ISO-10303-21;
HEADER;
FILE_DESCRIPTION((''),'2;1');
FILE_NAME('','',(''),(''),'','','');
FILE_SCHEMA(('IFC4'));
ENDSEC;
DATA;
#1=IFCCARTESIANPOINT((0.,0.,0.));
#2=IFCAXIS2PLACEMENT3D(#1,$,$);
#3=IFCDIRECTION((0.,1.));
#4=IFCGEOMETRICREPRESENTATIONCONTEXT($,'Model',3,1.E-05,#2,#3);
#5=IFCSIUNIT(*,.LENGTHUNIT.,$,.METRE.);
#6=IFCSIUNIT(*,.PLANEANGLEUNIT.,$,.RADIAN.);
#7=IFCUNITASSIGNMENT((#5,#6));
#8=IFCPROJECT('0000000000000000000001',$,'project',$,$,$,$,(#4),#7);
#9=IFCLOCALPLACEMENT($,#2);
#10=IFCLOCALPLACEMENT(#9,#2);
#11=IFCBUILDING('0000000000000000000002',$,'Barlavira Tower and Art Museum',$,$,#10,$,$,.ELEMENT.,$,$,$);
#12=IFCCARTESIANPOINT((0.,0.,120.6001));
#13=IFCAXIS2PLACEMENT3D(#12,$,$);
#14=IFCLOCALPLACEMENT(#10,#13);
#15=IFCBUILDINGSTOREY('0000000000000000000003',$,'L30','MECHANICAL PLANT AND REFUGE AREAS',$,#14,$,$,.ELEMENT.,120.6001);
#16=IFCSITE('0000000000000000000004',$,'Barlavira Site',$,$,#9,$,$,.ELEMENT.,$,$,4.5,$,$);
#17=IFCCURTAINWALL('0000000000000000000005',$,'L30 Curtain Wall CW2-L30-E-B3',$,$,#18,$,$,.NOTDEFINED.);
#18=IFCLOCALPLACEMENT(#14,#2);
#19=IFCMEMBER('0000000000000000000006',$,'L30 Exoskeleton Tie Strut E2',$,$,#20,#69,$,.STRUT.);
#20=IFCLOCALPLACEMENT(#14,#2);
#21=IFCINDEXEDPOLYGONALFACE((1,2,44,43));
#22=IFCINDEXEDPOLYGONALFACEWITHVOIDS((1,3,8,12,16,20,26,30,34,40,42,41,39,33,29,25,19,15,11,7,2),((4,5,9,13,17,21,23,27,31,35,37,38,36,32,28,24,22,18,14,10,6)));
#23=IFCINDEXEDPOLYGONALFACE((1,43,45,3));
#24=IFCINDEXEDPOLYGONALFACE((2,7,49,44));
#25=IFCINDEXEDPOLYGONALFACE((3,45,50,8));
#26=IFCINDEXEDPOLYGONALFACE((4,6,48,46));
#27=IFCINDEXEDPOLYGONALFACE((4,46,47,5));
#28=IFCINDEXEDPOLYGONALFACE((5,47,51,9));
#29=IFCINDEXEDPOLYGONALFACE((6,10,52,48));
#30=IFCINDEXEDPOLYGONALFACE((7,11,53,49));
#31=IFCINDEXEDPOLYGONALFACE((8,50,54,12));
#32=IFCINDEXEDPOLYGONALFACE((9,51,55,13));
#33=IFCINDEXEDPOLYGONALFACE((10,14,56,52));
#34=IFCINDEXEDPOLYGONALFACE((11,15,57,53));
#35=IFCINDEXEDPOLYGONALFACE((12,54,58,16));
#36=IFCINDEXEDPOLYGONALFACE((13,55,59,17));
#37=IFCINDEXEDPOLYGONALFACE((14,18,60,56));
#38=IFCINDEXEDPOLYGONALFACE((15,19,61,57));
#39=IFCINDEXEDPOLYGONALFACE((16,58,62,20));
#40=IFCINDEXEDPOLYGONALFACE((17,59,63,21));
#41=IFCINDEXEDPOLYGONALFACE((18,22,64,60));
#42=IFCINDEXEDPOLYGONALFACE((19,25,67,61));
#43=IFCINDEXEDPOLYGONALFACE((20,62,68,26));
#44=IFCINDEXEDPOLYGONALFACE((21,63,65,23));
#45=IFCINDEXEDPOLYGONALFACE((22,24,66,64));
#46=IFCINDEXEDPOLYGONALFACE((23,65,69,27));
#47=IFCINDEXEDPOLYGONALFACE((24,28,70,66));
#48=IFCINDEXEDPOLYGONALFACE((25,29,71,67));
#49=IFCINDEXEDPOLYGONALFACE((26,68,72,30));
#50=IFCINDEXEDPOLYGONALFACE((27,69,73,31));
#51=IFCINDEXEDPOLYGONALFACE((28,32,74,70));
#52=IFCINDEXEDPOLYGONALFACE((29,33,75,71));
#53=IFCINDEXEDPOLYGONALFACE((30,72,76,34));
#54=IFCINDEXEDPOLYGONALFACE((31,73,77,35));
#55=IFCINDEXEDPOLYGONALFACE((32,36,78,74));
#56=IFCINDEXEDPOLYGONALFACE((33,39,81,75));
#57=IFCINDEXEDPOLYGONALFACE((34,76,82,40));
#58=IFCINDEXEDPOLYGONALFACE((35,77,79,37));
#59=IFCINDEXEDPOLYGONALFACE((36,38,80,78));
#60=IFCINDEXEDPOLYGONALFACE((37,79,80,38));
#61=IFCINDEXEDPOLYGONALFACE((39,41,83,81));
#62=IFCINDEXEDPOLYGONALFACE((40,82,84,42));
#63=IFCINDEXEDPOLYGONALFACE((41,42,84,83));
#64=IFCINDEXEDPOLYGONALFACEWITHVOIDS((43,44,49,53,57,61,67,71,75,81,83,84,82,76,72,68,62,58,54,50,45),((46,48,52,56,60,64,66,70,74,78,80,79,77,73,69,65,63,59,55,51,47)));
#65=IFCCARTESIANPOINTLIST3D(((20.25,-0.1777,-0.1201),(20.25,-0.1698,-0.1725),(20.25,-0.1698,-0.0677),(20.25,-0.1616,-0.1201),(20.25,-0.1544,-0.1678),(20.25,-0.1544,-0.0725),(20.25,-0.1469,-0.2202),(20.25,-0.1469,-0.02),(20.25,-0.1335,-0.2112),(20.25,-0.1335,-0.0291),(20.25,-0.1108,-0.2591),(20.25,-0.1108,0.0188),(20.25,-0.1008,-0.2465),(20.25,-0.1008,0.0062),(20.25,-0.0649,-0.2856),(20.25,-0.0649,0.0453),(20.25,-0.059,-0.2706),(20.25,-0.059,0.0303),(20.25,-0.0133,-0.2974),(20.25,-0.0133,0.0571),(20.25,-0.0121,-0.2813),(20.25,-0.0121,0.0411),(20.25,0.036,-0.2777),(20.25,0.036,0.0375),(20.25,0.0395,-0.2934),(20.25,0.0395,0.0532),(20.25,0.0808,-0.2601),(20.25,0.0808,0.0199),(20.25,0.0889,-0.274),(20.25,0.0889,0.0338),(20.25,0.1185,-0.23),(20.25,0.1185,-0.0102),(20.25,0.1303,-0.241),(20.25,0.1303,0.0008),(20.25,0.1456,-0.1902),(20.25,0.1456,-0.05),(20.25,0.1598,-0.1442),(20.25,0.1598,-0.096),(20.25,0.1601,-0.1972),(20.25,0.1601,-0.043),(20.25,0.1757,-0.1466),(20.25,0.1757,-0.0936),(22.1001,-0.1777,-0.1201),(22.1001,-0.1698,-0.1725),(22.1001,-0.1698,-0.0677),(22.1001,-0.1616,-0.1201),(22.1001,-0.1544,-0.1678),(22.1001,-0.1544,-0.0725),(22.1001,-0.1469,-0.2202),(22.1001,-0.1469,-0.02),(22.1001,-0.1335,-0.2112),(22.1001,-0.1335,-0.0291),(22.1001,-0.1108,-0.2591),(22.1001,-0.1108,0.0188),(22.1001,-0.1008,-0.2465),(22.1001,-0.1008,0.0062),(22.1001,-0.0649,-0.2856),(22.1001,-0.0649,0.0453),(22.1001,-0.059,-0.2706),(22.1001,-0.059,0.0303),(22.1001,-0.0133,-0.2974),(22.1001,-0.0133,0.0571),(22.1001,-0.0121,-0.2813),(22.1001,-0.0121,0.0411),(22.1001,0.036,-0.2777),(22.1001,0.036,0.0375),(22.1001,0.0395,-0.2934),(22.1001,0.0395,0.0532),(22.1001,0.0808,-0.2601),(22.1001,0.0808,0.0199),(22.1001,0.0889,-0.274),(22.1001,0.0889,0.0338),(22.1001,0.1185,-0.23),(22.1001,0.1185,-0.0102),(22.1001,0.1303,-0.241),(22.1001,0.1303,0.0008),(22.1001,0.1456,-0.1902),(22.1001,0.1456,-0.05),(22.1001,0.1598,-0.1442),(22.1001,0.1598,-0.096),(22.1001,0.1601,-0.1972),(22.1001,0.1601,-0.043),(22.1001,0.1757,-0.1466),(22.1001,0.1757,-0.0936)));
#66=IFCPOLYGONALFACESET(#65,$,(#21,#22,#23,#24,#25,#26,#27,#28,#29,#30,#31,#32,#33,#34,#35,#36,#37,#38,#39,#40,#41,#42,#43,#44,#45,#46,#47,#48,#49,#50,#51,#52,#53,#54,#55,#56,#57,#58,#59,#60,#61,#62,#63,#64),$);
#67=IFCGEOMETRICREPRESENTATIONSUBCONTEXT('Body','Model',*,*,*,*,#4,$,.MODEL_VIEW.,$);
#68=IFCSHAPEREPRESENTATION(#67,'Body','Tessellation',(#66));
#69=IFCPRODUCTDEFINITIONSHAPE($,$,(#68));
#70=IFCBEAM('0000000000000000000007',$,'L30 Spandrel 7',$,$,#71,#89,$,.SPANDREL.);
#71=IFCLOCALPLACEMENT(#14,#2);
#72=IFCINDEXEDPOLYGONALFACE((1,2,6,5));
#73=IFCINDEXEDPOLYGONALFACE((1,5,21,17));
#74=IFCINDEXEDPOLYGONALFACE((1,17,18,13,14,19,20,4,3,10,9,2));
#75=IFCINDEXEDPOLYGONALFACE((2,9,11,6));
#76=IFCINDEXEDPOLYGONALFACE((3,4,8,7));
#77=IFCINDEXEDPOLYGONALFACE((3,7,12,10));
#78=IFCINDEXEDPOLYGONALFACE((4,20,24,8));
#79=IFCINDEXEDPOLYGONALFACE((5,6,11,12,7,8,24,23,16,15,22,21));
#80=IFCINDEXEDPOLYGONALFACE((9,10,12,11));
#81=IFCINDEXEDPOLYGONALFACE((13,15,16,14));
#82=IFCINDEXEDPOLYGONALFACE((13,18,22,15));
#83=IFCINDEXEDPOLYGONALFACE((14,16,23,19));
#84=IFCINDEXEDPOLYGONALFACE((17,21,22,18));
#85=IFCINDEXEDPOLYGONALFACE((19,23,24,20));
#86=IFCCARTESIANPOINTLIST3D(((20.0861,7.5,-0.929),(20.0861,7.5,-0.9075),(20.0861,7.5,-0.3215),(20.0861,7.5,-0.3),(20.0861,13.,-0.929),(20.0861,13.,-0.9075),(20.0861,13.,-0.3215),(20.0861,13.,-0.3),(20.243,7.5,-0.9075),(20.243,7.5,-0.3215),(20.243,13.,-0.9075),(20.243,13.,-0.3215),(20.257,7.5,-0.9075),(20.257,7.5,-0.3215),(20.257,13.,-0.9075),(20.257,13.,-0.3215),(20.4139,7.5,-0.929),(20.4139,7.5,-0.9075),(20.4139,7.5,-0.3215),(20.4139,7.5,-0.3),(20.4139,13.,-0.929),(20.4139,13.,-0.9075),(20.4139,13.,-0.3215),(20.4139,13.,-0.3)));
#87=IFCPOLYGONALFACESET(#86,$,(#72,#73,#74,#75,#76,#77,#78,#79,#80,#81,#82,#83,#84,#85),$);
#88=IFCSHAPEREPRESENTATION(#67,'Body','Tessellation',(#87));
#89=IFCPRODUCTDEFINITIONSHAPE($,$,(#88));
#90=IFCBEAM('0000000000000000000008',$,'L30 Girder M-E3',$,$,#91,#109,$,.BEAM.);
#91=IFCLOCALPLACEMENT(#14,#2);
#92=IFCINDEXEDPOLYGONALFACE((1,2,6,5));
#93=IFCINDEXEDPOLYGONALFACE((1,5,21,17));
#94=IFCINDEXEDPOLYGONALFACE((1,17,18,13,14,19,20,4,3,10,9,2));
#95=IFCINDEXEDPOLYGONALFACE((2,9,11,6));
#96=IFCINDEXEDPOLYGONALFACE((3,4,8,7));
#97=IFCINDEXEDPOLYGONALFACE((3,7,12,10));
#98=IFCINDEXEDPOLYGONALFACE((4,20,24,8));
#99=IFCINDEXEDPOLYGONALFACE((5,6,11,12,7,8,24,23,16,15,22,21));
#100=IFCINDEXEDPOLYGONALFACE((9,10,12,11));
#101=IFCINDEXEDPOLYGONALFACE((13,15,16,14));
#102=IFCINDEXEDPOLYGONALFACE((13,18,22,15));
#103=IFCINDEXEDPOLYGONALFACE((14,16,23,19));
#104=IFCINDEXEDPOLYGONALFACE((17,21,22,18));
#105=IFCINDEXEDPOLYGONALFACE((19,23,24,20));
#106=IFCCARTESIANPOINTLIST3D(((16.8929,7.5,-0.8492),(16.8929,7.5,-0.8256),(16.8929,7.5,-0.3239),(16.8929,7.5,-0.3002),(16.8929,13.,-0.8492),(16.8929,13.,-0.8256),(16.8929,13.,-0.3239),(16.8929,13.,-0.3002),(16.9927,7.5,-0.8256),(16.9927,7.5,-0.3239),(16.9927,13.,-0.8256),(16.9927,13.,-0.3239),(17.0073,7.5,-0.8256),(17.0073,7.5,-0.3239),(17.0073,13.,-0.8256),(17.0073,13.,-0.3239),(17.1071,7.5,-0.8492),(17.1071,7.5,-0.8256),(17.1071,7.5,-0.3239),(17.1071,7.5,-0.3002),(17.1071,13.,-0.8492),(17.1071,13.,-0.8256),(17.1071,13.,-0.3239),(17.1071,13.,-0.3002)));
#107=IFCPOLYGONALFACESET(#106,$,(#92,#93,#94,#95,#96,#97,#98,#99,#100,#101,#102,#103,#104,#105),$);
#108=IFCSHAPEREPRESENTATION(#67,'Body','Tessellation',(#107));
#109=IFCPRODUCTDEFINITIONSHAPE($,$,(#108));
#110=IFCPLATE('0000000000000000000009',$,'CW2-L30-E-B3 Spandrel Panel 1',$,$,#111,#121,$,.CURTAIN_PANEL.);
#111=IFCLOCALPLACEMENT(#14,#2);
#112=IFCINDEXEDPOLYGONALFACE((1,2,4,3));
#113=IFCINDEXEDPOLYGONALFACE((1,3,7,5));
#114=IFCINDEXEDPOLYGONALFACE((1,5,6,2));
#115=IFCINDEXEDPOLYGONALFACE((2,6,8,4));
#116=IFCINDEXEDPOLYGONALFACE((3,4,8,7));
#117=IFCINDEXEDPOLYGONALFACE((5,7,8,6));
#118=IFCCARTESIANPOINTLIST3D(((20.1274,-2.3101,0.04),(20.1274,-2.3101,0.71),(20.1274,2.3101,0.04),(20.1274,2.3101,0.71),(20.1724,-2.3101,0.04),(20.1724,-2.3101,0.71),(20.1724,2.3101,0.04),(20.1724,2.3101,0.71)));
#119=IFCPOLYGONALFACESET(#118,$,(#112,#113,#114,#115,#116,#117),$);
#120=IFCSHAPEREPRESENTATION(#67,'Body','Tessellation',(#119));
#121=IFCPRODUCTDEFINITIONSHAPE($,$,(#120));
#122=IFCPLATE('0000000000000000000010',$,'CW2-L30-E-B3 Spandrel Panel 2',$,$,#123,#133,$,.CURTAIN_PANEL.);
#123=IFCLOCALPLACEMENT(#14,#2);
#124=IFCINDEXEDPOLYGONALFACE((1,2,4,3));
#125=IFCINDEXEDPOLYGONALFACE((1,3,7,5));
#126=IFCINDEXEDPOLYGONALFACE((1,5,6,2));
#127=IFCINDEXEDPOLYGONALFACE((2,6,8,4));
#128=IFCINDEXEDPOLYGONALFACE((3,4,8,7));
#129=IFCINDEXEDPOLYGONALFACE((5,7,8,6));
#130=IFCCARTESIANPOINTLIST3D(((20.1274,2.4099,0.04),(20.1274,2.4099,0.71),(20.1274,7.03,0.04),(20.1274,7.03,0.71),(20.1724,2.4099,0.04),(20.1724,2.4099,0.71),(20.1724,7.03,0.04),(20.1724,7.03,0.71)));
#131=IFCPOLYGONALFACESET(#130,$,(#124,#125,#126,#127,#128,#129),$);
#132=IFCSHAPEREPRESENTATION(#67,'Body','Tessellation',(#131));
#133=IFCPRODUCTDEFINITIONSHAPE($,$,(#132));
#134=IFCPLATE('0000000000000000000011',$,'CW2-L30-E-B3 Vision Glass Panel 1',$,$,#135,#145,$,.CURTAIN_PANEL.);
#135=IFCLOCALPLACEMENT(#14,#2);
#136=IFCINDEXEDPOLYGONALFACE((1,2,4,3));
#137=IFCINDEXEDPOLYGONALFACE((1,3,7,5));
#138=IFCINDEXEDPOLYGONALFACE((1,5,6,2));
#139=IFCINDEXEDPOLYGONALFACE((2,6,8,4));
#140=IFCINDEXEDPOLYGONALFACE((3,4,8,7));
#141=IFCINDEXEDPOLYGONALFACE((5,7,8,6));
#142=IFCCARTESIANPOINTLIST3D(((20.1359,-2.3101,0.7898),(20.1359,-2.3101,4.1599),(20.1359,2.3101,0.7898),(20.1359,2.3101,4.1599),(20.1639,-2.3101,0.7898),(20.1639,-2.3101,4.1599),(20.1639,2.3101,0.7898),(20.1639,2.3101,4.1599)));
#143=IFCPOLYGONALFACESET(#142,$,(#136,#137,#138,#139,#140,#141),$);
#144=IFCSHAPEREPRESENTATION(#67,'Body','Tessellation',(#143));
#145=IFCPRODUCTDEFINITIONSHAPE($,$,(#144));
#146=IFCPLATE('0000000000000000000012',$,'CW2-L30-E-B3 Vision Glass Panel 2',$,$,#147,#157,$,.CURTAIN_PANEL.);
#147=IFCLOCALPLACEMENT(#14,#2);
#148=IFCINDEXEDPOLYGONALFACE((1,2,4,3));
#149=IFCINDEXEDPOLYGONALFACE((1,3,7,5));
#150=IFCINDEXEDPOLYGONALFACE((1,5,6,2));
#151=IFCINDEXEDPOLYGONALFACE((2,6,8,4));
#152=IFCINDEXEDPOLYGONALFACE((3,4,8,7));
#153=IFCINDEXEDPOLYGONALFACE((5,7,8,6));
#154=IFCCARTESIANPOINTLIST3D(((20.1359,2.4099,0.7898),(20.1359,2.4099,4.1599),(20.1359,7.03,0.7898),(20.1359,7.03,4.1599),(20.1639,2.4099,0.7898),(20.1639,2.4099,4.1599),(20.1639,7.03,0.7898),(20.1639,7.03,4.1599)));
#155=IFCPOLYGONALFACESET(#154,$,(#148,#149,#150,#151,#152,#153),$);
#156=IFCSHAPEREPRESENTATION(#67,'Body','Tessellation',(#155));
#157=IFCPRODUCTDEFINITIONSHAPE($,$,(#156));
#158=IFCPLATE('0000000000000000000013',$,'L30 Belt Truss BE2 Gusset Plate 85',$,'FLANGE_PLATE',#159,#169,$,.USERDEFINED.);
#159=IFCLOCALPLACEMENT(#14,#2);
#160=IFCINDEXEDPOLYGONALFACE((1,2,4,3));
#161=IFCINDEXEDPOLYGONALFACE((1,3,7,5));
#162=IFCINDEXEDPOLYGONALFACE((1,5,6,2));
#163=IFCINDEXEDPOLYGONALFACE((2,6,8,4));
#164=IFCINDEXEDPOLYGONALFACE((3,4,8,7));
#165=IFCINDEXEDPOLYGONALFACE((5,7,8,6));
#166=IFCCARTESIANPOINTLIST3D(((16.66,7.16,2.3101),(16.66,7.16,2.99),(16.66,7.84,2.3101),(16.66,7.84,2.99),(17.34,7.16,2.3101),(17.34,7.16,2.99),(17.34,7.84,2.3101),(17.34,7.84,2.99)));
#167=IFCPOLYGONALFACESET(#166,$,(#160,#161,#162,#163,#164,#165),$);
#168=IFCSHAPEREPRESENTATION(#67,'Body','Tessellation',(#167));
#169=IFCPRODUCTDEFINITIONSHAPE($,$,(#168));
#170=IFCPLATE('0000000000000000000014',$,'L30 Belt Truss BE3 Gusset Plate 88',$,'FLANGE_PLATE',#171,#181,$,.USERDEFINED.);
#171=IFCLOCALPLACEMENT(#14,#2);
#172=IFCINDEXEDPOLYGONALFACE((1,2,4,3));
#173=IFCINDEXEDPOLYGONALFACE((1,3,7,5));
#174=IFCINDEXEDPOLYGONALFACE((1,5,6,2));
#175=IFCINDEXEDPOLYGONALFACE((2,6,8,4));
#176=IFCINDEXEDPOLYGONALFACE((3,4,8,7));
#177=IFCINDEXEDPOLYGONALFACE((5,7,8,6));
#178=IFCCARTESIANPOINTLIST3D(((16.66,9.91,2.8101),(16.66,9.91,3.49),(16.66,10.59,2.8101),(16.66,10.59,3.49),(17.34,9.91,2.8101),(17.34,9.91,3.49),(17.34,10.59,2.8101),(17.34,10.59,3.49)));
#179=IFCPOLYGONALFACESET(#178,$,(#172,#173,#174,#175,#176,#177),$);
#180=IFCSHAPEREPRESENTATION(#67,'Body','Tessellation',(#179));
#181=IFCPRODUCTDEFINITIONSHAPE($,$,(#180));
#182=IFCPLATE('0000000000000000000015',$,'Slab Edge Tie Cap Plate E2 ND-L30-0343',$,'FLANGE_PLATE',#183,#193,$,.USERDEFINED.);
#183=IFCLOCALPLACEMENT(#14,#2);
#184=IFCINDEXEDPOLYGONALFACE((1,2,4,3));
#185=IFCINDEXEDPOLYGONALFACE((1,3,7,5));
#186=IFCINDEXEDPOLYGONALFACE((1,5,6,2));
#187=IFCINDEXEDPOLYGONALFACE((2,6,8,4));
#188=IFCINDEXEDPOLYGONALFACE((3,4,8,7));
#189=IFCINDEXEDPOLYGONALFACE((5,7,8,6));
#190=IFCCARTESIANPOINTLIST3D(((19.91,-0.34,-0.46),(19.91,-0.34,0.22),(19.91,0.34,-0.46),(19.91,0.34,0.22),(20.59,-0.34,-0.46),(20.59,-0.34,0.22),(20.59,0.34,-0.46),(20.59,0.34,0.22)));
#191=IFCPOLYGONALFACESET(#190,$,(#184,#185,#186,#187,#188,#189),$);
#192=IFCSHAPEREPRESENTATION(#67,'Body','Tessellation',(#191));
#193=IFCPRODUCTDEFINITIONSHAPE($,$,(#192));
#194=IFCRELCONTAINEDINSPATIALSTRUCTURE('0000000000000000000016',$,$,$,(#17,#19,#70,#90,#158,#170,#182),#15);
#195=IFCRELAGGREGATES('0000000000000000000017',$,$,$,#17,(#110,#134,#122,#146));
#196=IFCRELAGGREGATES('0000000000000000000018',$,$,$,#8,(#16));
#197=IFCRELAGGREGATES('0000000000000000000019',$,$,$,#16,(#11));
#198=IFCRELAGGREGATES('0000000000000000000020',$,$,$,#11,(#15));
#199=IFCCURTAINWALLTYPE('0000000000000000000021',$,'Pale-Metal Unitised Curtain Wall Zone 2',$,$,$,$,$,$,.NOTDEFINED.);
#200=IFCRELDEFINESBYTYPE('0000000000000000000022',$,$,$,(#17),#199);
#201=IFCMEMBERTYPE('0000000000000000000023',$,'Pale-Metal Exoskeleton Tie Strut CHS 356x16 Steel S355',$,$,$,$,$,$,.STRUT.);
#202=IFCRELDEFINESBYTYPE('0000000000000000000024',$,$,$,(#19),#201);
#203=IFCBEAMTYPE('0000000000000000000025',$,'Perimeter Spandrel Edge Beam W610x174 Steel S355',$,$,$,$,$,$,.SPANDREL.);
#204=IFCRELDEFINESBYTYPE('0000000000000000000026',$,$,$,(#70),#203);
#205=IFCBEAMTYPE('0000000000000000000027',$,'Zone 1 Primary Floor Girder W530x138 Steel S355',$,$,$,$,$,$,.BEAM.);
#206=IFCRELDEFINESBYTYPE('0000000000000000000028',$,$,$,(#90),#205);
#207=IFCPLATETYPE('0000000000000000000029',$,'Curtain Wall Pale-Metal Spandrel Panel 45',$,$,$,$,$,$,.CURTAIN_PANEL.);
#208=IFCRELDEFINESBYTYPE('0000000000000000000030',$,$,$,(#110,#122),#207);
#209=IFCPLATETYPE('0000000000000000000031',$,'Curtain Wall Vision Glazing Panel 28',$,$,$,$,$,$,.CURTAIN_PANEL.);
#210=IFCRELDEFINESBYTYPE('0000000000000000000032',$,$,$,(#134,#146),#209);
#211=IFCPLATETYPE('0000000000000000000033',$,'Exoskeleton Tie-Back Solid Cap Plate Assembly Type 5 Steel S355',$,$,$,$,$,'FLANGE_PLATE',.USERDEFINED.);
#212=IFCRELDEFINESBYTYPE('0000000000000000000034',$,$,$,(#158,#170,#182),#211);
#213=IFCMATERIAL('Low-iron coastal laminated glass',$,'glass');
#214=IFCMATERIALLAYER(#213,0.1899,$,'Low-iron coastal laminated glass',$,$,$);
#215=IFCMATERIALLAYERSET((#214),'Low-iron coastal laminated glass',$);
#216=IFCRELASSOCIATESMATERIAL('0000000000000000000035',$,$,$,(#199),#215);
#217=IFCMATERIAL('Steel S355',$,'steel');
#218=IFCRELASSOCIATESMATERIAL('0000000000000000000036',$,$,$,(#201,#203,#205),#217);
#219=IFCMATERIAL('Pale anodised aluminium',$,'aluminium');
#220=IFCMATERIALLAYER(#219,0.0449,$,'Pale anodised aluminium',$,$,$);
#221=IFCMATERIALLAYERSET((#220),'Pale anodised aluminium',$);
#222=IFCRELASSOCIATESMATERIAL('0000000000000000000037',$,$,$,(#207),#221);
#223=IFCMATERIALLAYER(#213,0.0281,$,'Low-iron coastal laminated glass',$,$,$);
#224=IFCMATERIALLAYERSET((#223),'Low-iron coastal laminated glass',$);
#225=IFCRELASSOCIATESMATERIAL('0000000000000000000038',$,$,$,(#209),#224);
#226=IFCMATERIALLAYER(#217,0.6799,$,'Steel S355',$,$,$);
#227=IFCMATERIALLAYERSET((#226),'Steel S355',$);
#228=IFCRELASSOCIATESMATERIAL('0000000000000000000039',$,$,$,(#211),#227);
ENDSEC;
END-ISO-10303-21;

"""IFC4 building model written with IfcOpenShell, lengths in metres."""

from ifc_helpers import new_model, si_unit, direction, frame, origin, origin_2d, place, context, subcontext, project, spatial, rectangle, hollow_circle, i_section, extrude, material, layer, layer_set, material_profile, profile_set, type_object, element, aggregate, save


model = new_model("IFC4")

# Units and contexts
model_context = context("Model", 3, precision=1e-05, world=origin(), true_north=direction((0.0, 1.0)))
body_context = subcontext(model_context, "Body", "Model", "MODEL_VIEW")
ifc_project = project(units=[si_unit("LENGTHUNIT", "METRE"), si_unit("PLANEANGLEUNIT", "RADIAN")], contexts=[model_context])

# Site, building, storey
site_placement = place(None, origin())
site = spatial("IfcSite", under=ifc_project, at=site_placement, Name="Barlavira Site", CompositionType="ELEMENT", RefElevation=4.5)
building_placement = place(site_placement, origin())
building = spatial("IfcBuilding", under=site, at=building_placement, Name="Barlavira Tower and Art Museum", CompositionType="ELEMENT")
storey_placement = place(building_placement, frame((0.0, 0.0, 120.6001)))
storey = spatial("IfcBuildingStorey", under=building, at=storey_placement, Name="L30", Description="MECHANICAL PLANT AND REFUGE AREAS", CompositionType="ELEMENT", Elevation=120.6001)

# Shared definitions
ifc_material_1 = material(Name="Steel S355", Category="steel")

# Curtain wall
ifc_material_2 = material(Name="Low-iron coastal laminated glass", Category="glass")
ifc_layer_1 = layer(ifc_material_2, 0.1899, Name="Low-iron coastal laminated glass")
ifc_layer_set_1 = layer_set([ifc_layer_1], Name="Low-iron coastal laminated glass")
curtain_wall_type = type_object("IfcCurtainWallType", Name="Pale-Metal Unitised Curtain Wall Zone 2", PredefinedType="NOTDEFINED", material=ifc_layer_set_1)
curtain_wall_placement = place(storey_placement, origin())
curtain_wall = element("IfcCurtainWall", 1, at=curtain_wall_placement, inside=storey, type_object=curtain_wall_type, Name="L30 Curtain Wall CW2-L30-E-B3", PredefinedType="NOTDEFINED")
ifc_material_3 = material(Name="Pale anodised aluminium", Category="aluminium")

# Member
ifc_material_profile_1 = material_profile(ifc_material_1, hollow_circle(Radius=0.1777, WallThickness=0.0161, at=origin_2d()), Name="CHS 355.6x16.0")
ifc_profile_set_1 = profile_set([ifc_material_profile_1], Name="Steel S355")
member_type_1 = type_object("IfcMemberType", Name="Pale-Metal Exoskeleton Tie Strut CHS 356x16 Steel S355", PredefinedType="STRUT", material=ifc_profile_set_1)
member_1_placement = place(storey_placement, frame((22.1001, 0.0, -0.1201), z_axis=(-1.0, 0.0, 0.0), x_axis=(0.0, -1.0, 0.0)))
element("IfcMember", 2, at=member_1_placement, inside=storey, type_object=member_type_1, Name="L30 Exoskeleton Tie Strut E2", PredefinedType="STRUT", context=body_context, shape_type="SweptSolid", body=[
    extrude(hollow_circle(Radius=0.1777, WallThickness=0.0161, at=origin_2d()), origin(), (0.0, 0.0, 1.0), 1.8501),
])

# Beams
ifc_material_profile_2 = material_profile(ifc_material_1, i_section(OverallWidth=0.3279, OverallDepth=0.6289, WebThickness=0.0139, FlangeThickness=0.0215, at=origin_2d()), Name="W610x174.0")
ifc_profile_set_2 = profile_set([ifc_material_profile_2], Name="Steel S355")
beam_type_1 = type_object("IfcBeamType", Name="Perimeter Spandrel Edge Beam W610x174 Steel S355", PredefinedType="SPANDREL", material=ifc_profile_set_2)
beam_1_placement = place(storey_placement, frame((20.25, 7.5, -0.6145), z_axis=(0.0, 1.0, 0.0), x_axis=(-1.0, 0.0, 0.0)))
element("IfcBeam", 3, at=beam_1_placement, inside=storey, type_object=beam_type_1, Name="L30 Spandrel 7", PredefinedType="SPANDREL", context=body_context, shape_type="SweptSolid", body=[
    extrude(i_section(OverallWidth=0.3279, OverallDepth=0.6289, WebThickness=0.0139, FlangeThickness=0.0215, at=origin_2d()), origin(), (0.0, 0.0, 1.0), 5.5),
])
ifc_material_profile_3 = material_profile(ifc_material_1, i_section(OverallWidth=0.2141, OverallDepth=0.5491, WebThickness=0.0146, FlangeThickness=0.0237, at=origin_2d()), Name="W530x138.0")
ifc_profile_set_3 = profile_set([ifc_material_profile_3], Name="Steel S355")
beam_type_2 = type_object("IfcBeamType", Name="Zone 1 Primary Floor Girder W530x138 Steel S355", PredefinedType="BEAM", material=ifc_profile_set_3)
beam_2_placement = place(storey_placement, frame((17.0, 7.5, -0.5747), z_axis=(0.0, 1.0, 0.0), x_axis=(-1.0, 0.0, 0.0)))
element("IfcBeam", 4, at=beam_2_placement, inside=storey, type_object=beam_type_2, Name="L30 Girder M-E3", PredefinedType="BEAM", context=body_context, shape_type="SweptSolid", body=[
    extrude(i_section(OverallWidth=0.2141, OverallDepth=0.5491, WebThickness=0.0146, FlangeThickness=0.0237, at=origin_2d()), origin(), (0.0, 0.0, 1.0), 5.5),
])

# Plates
ifc_layer_2 = layer(ifc_material_3, 0.0449, Name="Pale anodised aluminium")
ifc_layer_set_2 = layer_set([ifc_layer_2], Name="Pale anodised aluminium")
plate_type_1 = type_object("IfcPlateType", Name="Curtain Wall Pale-Metal Spandrel Panel 45", PredefinedType="CURTAIN_PANEL", material=ifc_layer_set_2)
plate_1_placement = place(storey_placement, frame((20.1499, 0.0, 0.04), z_axis=(0.0, 0.0, 1.0), x_axis=(0.0, 1.0, 0.0)))
plate_1 = element("IfcPlate", 5, at=plate_1_placement, type_object=plate_type_1, Name="CW2-L30-E-B3 Spandrel Panel 1", PredefinedType="CURTAIN_PANEL", context=body_context, shape_type="SweptSolid", body=[
    extrude(rectangle(XDim=4.6201, YDim=0.0449, at=origin_2d()), origin(), (0.0, 0.0, 1.0), 0.6699),
])
plate_2_placement = place(storey_placement, frame((20.1499, 4.72, 0.04), z_axis=(0.0, 0.0, 1.0), x_axis=(0.0, 1.0, 0.0)))
plate_2 = element("IfcPlate", 6, at=plate_2_placement, type_object=plate_type_1, Name="CW2-L30-E-B3 Spandrel Panel 2", PredefinedType="CURTAIN_PANEL", context=body_context, shape_type="SweptSolid", body=[
    extrude(rectangle(XDim=4.6201, YDim=0.0449, at=origin_2d()), origin(), (0.0, 0.0, 1.0), 0.6699),
])
ifc_layer_3 = layer(ifc_material_2, 0.0281, Name="Low-iron coastal laminated glass")
ifc_layer_set_3 = layer_set([ifc_layer_3], Name="Low-iron coastal laminated glass")
plate_type_2 = type_object("IfcPlateType", Name="Curtain Wall Vision Glazing Panel 28", PredefinedType="CURTAIN_PANEL", material=ifc_layer_set_3)
plate_3_placement = place(storey_placement, frame((20.1499, 0.0, 0.7898), z_axis=(0.0, 0.0, 1.0), x_axis=(0.0, 1.0, 0.0)))
plate_3 = element("IfcPlate", 7, at=plate_3_placement, type_object=plate_type_2, Name="CW2-L30-E-B3 Vision Glass Panel 1", PredefinedType="CURTAIN_PANEL", context=body_context, shape_type="SweptSolid", body=[
    extrude(rectangle(XDim=4.6201, YDim=0.0281, at=origin_2d()), origin(), (0.0, 0.0, 1.0), 3.3701),
])
plate_4_placement = place(storey_placement, frame((20.1499, 4.72, 0.7898), z_axis=(0.0, 0.0, 1.0), x_axis=(0.0, 1.0, 0.0)))
plate_4 = element("IfcPlate", 8, at=plate_4_placement, type_object=plate_type_2, Name="CW2-L30-E-B3 Vision Glass Panel 2", PredefinedType="CURTAIN_PANEL", context=body_context, shape_type="SweptSolid", body=[
    extrude(rectangle(XDim=4.6201, YDim=0.0281, at=origin_2d()), origin(), (0.0, 0.0, 1.0), 3.3701),
])
aggregate(curtain_wall, [plate_1, plate_3, plate_2, plate_4])

# Plates
ifc_layer_4 = layer(ifc_material_1, 0.6799, Name="Steel S355")
ifc_layer_set_4 = layer_set([ifc_layer_4], Name="Steel S355")
plate_type_3 = type_object("IfcPlateType", Name="Exoskeleton Tie-Back Solid Cap Plate Assembly Type 5 Steel S355", ElementType="FLANGE_PLATE", PredefinedType="USERDEFINED", material=ifc_layer_set_4)
for number, where, z_axis, x_axis, name in (
    (9, (17.0, 7.5, 2.3101), (0.0, 0.0, 1.0), (1.0, 0.0, 0.0), "L30 Belt Truss BE2 Gusset Plate 85"),
    (10, (17.0, 10.25, 2.8101), (0.0, 0.0, 1.0), (1.0, 0.0, 0.0), "L30 Belt Truss BE3 Gusset Plate 88"),
    (11, (20.25, 0.0, -0.46), (0.0, 0.0, 1.0), (1.0, 0.0, 0.0), "Slab Edge Tie Cap Plate E2 ND-L30-0343"),
):
    element("IfcPlate", number, at=place(storey_placement, frame(where, z_axis=z_axis, x_axis=x_axis)), inside=storey, type_object=plate_type_3, Name=name, ObjectType="FLANGE_PLATE", PredefinedType="USERDEFINED", context=body_context, shape_type="SweptSolid", body=[
        extrude(rectangle(XDim=0.6799, YDim=0.6799, at=origin_2d()), origin(), (0.0, 0.0, 1.0), 0.6799),
    ])

save(model, "model.ifc")
